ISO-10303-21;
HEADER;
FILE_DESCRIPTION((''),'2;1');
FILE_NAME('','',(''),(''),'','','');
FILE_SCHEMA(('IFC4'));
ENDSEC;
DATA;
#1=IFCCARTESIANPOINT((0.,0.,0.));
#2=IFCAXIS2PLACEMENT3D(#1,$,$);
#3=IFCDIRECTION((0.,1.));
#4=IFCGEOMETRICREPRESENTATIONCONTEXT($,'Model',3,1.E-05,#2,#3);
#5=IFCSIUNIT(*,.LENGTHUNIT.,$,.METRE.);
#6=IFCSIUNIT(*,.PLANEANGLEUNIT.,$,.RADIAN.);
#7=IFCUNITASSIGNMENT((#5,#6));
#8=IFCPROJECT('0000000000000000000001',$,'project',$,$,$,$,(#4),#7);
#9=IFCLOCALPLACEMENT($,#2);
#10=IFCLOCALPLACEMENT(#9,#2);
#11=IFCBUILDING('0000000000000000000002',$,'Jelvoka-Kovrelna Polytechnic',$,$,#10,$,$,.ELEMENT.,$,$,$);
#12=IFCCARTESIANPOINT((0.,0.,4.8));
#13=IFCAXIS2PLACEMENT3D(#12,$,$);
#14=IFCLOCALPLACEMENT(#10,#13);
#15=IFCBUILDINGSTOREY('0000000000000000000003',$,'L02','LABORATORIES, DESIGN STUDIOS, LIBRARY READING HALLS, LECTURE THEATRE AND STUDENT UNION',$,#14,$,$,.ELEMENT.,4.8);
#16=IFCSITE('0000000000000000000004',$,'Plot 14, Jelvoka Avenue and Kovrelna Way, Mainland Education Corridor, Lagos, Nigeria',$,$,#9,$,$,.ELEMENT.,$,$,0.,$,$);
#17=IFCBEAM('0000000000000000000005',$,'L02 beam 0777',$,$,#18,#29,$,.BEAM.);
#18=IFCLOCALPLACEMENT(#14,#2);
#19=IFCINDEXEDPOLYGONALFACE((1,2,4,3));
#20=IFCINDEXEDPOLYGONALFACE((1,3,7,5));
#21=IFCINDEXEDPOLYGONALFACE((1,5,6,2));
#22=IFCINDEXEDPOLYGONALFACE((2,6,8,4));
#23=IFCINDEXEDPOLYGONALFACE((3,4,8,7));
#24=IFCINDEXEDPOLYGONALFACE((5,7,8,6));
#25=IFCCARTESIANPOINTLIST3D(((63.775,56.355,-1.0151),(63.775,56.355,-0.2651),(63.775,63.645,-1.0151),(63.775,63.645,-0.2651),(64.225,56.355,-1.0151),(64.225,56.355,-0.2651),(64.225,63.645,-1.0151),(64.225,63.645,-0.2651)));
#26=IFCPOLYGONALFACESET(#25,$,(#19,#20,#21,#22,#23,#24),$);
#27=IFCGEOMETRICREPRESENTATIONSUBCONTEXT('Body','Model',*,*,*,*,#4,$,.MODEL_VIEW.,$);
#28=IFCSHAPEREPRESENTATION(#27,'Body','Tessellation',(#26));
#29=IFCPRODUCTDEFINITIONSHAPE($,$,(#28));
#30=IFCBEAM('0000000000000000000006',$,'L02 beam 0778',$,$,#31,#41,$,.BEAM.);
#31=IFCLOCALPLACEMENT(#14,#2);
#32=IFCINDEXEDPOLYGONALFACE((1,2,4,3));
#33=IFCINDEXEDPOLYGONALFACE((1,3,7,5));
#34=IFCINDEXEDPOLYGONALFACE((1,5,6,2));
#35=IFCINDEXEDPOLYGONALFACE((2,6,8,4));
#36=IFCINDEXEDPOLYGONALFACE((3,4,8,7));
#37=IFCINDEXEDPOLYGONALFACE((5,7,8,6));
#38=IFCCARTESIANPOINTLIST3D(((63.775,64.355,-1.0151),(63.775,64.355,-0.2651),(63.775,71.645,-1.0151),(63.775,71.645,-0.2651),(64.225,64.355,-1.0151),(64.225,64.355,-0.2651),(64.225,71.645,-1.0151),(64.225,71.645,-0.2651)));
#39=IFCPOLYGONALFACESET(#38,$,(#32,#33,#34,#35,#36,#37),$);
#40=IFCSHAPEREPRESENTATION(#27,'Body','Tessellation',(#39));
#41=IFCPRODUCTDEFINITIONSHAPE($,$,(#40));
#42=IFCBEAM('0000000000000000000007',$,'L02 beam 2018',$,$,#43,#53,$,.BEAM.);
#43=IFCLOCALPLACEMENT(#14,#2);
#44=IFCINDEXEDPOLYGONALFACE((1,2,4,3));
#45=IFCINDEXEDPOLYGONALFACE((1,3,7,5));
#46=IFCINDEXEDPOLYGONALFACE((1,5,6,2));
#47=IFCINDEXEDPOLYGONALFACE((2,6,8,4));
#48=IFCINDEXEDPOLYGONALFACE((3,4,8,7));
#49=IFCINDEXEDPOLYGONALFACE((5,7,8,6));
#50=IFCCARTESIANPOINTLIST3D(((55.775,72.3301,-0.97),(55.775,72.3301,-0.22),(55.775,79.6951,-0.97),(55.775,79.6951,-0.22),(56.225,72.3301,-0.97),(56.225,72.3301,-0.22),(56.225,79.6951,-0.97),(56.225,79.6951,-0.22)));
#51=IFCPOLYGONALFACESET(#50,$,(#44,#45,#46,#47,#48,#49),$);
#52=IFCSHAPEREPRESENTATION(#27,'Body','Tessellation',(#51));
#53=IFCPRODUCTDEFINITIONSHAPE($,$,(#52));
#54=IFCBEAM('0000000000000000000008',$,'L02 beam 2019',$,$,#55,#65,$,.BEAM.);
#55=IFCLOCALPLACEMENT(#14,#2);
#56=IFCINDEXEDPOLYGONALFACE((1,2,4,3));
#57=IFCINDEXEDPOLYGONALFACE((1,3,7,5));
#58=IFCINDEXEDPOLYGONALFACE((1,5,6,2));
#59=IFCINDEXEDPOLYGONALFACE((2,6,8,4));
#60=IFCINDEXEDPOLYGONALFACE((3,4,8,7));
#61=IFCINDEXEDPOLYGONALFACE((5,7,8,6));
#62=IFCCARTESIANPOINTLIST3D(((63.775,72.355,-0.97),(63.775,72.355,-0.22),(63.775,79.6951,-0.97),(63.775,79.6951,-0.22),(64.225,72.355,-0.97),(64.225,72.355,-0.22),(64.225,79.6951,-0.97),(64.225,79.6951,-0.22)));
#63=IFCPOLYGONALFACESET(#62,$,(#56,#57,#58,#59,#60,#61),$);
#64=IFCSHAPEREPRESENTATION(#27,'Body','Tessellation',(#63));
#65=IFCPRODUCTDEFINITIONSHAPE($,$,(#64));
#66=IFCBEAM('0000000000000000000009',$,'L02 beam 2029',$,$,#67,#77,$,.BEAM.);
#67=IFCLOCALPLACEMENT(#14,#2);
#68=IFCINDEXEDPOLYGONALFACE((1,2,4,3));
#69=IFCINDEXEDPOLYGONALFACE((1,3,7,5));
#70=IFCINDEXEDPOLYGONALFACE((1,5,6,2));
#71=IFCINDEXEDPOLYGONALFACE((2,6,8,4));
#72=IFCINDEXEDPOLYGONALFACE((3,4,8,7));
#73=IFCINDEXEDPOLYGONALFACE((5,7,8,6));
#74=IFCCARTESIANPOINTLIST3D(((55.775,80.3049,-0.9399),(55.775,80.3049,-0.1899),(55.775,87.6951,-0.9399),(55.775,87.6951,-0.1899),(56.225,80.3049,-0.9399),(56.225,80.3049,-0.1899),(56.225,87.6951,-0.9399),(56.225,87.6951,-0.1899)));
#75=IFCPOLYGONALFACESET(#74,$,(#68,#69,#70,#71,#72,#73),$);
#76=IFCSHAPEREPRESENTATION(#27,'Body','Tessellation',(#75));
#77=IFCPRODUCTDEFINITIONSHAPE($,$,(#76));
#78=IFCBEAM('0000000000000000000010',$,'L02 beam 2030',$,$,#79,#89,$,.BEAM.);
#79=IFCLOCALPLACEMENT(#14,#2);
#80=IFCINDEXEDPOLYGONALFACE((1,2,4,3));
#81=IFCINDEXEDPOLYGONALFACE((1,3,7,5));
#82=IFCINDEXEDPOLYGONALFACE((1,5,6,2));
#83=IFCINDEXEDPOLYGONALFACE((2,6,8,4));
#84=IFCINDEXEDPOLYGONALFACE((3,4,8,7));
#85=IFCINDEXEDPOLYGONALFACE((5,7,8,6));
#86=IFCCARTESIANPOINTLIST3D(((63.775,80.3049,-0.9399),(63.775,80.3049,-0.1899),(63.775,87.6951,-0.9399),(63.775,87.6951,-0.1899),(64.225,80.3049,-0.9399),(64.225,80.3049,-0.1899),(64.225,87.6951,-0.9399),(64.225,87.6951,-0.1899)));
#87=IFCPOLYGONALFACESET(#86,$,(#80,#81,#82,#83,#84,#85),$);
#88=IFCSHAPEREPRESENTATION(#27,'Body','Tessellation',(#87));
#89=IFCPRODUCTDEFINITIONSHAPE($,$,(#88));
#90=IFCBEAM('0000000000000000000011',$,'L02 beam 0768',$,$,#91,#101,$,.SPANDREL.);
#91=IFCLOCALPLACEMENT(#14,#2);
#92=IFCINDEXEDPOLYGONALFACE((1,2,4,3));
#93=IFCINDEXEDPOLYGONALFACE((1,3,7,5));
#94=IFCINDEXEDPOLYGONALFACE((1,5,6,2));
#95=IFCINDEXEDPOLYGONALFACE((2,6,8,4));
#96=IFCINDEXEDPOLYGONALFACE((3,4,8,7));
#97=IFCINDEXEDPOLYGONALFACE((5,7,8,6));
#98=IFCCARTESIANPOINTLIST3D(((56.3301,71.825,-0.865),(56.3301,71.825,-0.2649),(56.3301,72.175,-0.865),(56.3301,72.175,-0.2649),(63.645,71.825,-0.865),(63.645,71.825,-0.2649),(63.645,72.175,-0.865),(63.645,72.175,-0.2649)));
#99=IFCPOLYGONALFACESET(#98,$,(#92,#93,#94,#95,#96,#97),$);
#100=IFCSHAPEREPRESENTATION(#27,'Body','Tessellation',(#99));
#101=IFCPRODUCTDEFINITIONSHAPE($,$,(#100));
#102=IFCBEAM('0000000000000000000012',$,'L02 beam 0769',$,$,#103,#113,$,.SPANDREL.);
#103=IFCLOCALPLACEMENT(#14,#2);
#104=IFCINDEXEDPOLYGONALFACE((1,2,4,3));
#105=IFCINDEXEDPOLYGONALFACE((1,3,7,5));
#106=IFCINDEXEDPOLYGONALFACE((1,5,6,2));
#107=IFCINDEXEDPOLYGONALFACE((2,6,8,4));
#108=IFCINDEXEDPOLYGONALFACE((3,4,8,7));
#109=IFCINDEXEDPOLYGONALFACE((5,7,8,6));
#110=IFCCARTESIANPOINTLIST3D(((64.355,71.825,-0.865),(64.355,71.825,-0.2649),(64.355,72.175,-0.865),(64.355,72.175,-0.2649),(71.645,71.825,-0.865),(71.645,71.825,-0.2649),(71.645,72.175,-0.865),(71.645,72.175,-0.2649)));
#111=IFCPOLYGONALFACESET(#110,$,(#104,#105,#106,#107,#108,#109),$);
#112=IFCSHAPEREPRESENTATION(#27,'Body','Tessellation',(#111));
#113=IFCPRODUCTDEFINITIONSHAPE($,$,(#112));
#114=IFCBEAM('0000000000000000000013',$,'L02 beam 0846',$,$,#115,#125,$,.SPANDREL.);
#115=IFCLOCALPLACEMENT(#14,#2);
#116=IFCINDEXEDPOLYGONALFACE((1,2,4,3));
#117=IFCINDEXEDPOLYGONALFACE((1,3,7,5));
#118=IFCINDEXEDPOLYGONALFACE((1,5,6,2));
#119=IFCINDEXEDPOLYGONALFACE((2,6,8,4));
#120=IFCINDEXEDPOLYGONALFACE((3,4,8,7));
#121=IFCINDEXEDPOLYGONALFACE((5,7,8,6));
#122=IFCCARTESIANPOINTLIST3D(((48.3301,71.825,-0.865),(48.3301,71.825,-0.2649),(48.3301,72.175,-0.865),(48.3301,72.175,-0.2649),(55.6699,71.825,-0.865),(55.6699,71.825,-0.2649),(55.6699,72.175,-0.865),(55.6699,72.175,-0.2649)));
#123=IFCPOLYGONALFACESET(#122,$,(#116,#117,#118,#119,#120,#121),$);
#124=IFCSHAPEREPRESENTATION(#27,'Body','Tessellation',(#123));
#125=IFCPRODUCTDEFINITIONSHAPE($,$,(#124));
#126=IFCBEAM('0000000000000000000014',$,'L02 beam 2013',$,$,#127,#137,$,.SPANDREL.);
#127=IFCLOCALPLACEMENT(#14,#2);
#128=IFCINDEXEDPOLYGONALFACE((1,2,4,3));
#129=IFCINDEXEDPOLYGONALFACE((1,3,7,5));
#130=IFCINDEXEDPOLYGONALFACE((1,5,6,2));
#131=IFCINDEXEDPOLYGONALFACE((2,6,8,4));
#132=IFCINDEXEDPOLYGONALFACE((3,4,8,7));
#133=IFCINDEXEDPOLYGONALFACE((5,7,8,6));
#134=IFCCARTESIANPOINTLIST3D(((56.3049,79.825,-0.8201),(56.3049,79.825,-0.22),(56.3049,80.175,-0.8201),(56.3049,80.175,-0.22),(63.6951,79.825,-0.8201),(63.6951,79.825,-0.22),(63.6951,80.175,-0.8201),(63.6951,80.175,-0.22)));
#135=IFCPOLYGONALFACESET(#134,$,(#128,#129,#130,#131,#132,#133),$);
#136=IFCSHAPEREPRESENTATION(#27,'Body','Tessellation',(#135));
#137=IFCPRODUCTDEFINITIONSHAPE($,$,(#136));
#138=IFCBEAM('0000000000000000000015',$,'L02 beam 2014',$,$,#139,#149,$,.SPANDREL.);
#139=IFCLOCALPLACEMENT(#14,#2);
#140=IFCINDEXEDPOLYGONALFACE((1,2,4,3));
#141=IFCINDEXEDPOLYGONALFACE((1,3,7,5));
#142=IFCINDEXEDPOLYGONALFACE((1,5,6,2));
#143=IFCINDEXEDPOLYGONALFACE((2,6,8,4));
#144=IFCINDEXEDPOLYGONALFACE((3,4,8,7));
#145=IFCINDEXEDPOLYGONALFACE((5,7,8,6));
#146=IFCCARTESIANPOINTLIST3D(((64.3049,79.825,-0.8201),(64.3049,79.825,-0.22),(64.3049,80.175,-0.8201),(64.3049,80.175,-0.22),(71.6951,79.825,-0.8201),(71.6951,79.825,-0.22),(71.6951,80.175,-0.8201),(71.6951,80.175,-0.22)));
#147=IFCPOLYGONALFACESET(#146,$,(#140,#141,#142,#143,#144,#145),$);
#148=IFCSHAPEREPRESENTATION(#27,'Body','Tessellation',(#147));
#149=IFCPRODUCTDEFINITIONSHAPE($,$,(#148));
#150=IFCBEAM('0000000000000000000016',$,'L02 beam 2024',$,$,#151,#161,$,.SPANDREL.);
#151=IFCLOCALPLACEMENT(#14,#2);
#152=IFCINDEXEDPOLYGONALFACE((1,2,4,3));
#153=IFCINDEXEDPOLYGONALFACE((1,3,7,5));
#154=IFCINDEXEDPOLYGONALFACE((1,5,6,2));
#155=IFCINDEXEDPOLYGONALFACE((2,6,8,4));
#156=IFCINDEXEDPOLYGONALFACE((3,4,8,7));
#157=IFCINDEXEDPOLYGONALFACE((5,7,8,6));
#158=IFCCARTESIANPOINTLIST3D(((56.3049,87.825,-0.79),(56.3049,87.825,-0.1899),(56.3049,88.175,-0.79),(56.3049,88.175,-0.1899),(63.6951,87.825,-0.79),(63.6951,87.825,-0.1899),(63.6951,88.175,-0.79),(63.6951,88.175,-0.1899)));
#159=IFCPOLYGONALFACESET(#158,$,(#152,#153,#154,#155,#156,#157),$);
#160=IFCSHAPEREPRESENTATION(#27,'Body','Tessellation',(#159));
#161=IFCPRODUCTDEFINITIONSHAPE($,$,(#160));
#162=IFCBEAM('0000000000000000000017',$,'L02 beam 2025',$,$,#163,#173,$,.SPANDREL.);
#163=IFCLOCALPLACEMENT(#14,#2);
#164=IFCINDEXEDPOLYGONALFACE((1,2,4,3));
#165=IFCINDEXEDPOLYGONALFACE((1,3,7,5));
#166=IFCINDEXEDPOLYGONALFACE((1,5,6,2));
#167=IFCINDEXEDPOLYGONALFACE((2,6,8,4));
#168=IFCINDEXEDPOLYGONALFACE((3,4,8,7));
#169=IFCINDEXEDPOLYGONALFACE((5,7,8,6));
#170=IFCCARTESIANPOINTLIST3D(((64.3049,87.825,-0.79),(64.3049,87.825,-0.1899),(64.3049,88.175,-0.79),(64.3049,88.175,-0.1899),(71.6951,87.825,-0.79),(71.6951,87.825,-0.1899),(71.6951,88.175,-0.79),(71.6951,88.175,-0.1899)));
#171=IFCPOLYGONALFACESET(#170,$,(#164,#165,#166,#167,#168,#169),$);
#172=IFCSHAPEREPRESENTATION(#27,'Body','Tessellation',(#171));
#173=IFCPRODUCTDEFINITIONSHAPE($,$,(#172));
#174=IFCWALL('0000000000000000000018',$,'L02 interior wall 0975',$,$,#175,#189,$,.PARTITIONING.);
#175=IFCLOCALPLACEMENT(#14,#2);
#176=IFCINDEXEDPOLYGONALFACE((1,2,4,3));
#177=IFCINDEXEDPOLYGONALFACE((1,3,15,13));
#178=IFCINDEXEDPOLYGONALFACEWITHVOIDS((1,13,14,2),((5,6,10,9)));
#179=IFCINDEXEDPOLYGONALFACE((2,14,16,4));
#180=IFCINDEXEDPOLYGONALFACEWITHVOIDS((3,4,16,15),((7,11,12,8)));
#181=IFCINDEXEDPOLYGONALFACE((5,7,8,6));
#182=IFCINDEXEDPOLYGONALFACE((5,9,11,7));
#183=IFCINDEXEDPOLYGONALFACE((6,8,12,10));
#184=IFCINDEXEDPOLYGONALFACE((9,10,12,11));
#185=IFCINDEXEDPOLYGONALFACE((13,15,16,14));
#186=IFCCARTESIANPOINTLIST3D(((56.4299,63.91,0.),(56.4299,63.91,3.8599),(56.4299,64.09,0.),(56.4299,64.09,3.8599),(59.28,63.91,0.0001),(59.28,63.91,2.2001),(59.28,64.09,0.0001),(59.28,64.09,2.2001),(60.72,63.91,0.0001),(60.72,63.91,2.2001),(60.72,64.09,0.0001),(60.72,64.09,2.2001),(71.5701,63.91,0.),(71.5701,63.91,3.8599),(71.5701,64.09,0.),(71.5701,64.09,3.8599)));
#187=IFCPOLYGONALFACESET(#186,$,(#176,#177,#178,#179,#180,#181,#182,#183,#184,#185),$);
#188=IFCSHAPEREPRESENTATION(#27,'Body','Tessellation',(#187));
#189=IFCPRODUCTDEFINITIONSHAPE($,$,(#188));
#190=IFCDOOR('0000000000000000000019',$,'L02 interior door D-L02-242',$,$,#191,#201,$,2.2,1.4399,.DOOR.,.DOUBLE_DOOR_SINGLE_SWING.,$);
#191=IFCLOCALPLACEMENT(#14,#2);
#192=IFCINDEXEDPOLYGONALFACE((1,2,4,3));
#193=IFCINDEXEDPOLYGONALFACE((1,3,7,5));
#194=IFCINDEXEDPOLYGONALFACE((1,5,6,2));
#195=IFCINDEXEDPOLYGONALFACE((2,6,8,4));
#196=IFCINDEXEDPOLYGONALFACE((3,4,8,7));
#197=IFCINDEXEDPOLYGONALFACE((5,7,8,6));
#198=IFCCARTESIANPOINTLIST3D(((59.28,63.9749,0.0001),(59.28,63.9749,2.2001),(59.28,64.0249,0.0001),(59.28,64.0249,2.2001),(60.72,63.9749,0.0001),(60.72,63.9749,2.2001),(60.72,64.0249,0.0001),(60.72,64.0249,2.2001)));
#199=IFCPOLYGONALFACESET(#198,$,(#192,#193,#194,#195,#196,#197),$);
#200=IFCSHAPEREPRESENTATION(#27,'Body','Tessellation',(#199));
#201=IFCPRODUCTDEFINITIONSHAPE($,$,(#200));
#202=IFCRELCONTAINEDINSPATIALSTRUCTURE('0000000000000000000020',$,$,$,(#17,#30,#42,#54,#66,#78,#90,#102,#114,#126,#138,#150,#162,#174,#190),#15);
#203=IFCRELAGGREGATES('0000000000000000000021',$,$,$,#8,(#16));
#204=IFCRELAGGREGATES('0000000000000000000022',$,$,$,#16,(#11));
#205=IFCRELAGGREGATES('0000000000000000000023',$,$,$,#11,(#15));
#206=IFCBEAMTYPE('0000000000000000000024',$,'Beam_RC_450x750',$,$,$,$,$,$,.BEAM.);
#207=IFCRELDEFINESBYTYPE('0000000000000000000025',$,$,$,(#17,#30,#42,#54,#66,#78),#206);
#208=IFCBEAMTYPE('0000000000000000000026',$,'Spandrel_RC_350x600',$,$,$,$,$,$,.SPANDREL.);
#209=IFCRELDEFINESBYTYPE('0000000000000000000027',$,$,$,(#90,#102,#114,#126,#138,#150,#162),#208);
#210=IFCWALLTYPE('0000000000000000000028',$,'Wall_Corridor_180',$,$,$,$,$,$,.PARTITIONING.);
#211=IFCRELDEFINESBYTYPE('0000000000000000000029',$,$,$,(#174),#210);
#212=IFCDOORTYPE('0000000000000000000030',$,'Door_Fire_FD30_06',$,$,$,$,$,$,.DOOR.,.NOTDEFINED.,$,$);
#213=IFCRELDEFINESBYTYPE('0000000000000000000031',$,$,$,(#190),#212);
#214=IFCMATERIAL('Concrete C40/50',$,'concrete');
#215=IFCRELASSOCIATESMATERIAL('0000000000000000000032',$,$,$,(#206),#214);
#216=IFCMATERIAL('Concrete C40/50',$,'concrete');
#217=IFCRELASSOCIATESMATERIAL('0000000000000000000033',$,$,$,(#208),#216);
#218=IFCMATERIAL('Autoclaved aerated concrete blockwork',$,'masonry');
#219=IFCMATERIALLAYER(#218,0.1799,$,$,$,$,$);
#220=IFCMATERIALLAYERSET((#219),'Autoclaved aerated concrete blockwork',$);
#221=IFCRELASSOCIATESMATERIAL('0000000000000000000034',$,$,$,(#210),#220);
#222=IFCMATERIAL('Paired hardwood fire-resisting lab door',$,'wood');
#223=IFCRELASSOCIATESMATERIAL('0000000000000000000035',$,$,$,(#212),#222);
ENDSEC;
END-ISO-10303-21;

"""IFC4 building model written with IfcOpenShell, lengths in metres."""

from ifc_helpers import new_model, si_unit, direction, frame, frame_2d, origin, origin_2d, place, context, subcontext, project, spatial, rectangle, extrude, material, layer, layer_set, material_profile, profile_set, type_object, element, fill, save


model = new_model("IFC4")

# Units and contexts
model_context = context("Model", 3, precision=1e-05, world=origin(), true_north=direction((0.0, 1.0)))
body_context = subcontext(model_context, "Body", "Model", "MODEL_VIEW")
ifc_project = project(units=[si_unit("LENGTHUNIT", "METRE"), si_unit("PLANEANGLEUNIT", "RADIAN")], contexts=[model_context])

# Site, building, storey
site_placement = place(None, origin())
site = spatial("IfcSite", under=ifc_project, at=site_placement, Name="Plot 14, Jelvoka Avenue and Kovrelna Way, Mainland Education Corridor, Lagos, Nigeria", CompositionType="ELEMENT", RefElevation=0.0)
building_placement = place(site_placement, origin())
building = spatial("IfcBuilding", under=site, at=building_placement, Name="Jelvoka-Kovrelna Polytechnic", CompositionType="ELEMENT")
storey_placement = place(building_placement, frame((0.0, 0.0, 4.8)))
storey = spatial("IfcBuildingStorey", under=building, at=storey_placement, Name="L02", Description="LABORATORIES, DESIGN STUDIOS, LIBRARY READING HALLS, LECTURE THEATRE AND STUDENT UNION", CompositionType="ELEMENT", Elevation=4.8)

# Beams
ifc_material_1 = material(Name="Concrete C40/50", Category="concrete")
ifc_material_profile_1 = material_profile(ifc_material_1, rectangle(XDim=0.45, YDim=0.75, at=origin_2d()), Name="RC 450x750")
ifc_profile_set_1 = profile_set([ifc_material_profile_1], Name="Concrete C40/50")
beam_type_1 = type_object("IfcBeamType", Name="Beam_RC_450x750", PredefinedType="BEAM", material=ifc_profile_set_1)
for number, where, z_axis, x_axis, name in (
    (1, (64.0, 56.355, -0.6401), (0.0, 1.0, 0.0), (-1.0, 0.0, 0.0), "L02 beam 0777"),
    (2, (64.0, 64.355, -0.6401), (0.0, 1.0, 0.0), (-1.0, 0.0, 0.0), "L02 beam 0778"),
):
    element("IfcBeam", number, at=place(storey_placement, frame(where, z_axis=z_axis, x_axis=x_axis)), inside=storey, type_object=beam_type_1, Name=name, PredefinedType="BEAM", context=body_context, shape_type="SweptSolid", body=[
        extrude(rectangle(XDim=0.45, YDim=0.75, at=origin_2d()), origin(), (0.0, 0.0, 1.0), 7.29),
    ])
beam_1_placement = place(storey_placement, frame((56.0, 72.3301, -0.595), z_axis=(0.0, 1.0, 0.0), x_axis=(-1.0, 0.0, 0.0)))
element("IfcBeam", 3, at=beam_1_placement, inside=storey, type_object=beam_type_1, Name="L02 beam 2018", PredefinedType="BEAM", context=body_context, shape_type="SweptSolid", body=[
    extrude(rectangle(XDim=0.45, YDim=0.75, at=origin_2d()), origin(), (0.0, 0.0, 1.0), 7.365),
])
beam_2_placement = place(storey_placement, frame((64.0, 72.355, -0.595), z_axis=(0.0, 1.0, 0.0), x_axis=(-1.0, 0.0, 0.0)))
element("IfcBeam", 4, at=beam_2_placement, inside=storey, type_object=beam_type_1, Name="L02 beam 2019", PredefinedType="BEAM", context=body_context, shape_type="SweptSolid", body=[
    extrude(rectangle(XDim=0.45, YDim=0.75, at=origin_2d()), origin(), (0.0, 0.0, 1.0), 7.3401),
])
for number, where, z_axis, x_axis, name in (
    (5, (56.0, 80.3049, -0.5649), (0.0, 1.0, 0.0), (-1.0, 0.0, 0.0), "L02 beam 2029"),
    (6, (64.0, 80.3049, -0.5649), (0.0, 1.0, 0.0), (-1.0, 0.0, 0.0), "L02 beam 2030"),
):
    element("IfcBeam", number, at=place(storey_placement, frame(where, z_axis=z_axis, x_axis=x_axis)), inside=storey, type_object=beam_type_1, Name=name, PredefinedType="BEAM", context=body_context, shape_type="SweptSolid", body=[
        extrude(rectangle(XDim=0.45, YDim=0.75, at=origin_2d()), origin(), (0.0, 0.0, 1.0), 7.3901),
    ])
ifc_material_2 = material(Name="Concrete C40/50", Category="concrete")
ifc_material_profile_2 = material_profile(ifc_material_2, rectangle(XDim=0.3501, YDim=0.6001, at=origin_2d()), Name="RC 350x600")
ifc_profile_set_2 = profile_set([ifc_material_profile_2], Name="Concrete C40/50")
beam_type_2 = type_object("IfcBeamType", Name="Spandrel_RC_350x600", PredefinedType="SPANDREL", material=ifc_profile_set_2)
beam_3_placement = place(storey_placement, frame((56.3301, 72.0, -0.5649), z_axis=(1.0, 0.0, 0.0), x_axis=(0.0, 1.0, 0.0)))
element("IfcBeam", 7, at=beam_3_placement, inside=storey, type_object=beam_type_2, Name="L02 beam 0768", PredefinedType="SPANDREL", context=body_context, shape_type="SweptSolid", body=[
    extrude(rectangle(XDim=0.3501, YDim=0.6001, at=origin_2d()), origin(), (0.0, 0.0, 1.0), 7.3149),
])
beam_4_placement = place(storey_placement, frame((64.355, 72.0, -0.5649), z_axis=(1.0, 0.0, 0.0), x_axis=(0.0, 1.0, 0.0)))
element("IfcBeam", 8, at=beam_4_placement, inside=storey, type_object=beam_type_2, Name="L02 beam 0769", PredefinedType="SPANDREL", context=body_context, shape_type="SweptSolid", body=[
    extrude(rectangle(XDim=0.3501, YDim=0.6001, at=origin_2d()), origin(), (0.0, 0.0, 1.0), 7.29),
])
beam_5_placement = place(storey_placement, frame((48.3301, 72.0, -0.5649), z_axis=(1.0, 0.0, 0.0), x_axis=(0.0, 1.0, 0.0)))
element("IfcBeam", 9, at=beam_5_placement, inside=storey, type_object=beam_type_2, Name="L02 beam 0846", PredefinedType="SPANDREL", context=body_context, shape_type="SweptSolid", body=[
    extrude(rectangle(XDim=0.3501, YDim=0.6001, at=origin_2d()), origin(), (0.0, 0.0, 1.0), 7.3398),
])
for number, where, z_axis, x_axis, name in (
    (10, (56.3049, 80.0, -0.52), (1.0, 0.0, 0.0), (0.0, 1.0, 0.0), "L02 beam 2013"),
    (11, (64.3049, 80.0, -0.52), (1.0, 0.0, 0.0), (0.0, 1.0, 0.0), "L02 beam 2014"),
    (12, (56.3049, 88.0, -0.49), (1.0, 0.0, 0.0), (0.0, 1.0, 0.0), "L02 beam 2024"),
    (13, (64.3049, 88.0, -0.49), (1.0, 0.0, 0.0), (0.0, 1.0, 0.0), "L02 beam 2025"),
):
    element("IfcBeam", number, at=place(storey_placement, frame(where, z_axis=z_axis, x_axis=x_axis)), inside=storey, type_object=beam_type_2, Name=name, PredefinedType="SPANDREL", context=body_context, shape_type="SweptSolid", body=[
        extrude(rectangle(XDim=0.3501, YDim=0.6001, at=origin_2d()), origin(), (0.0, 0.0, 1.0), 7.3901),
    ])

# Wall, opening, door
ifc_material_3 = material(Name="Autoclaved aerated concrete blockwork", Category="masonry")
ifc_layer_1 = layer(ifc_material_3, 0.1799)
ifc_layer_set_1 = layer_set([ifc_layer_1], Name="Autoclaved aerated concrete blockwork")
wall_type_1 = type_object("IfcWallType", Name="Wall_Corridor_180", PredefinedType="PARTITIONING", material=ifc_layer_set_1)
wall_1_placement = place(storey_placement, frame((56.4299, 64.0, 0.0), z_axis=(0.0, 0.0, 1.0), x_axis=(1.0, 0.0, 0.0)))
wall_1 = element("IfcWall", 14, at=wall_1_placement, inside=storey, type_object=wall_type_1, Name="L02 interior wall 0975", PredefinedType="PARTITIONING", context=body_context, shape_type="SweptSolid", body=[
    extrude(rectangle(XDim=15.1401, YDim=0.1799, at=frame_2d((7.5701, 0.0))), origin(), (0.0, 0.0, 1.0), 3.8599),
])
opening_1_placement = place(wall_1_placement, frame((2.8501, 0.0, 0.0)))
opening_1 = element("IfcOpeningElement", 15, at=opening_1_placement, cuts=wall_1, PredefinedType="OPENING", context=body_context, shape_type="SweptSolid", body=[
    extrude(rectangle(XDim=1.4399, YDim=2.2, at=frame_2d((0.72, 1.1001))), frame((0.0, 0.0999, 0.0), z_axis=(0.0, -1.0, 0.0), x_axis=(1.0, 0.0, 0.0)), (0.0, 0.0, 1.0), 0.2),
])
ifc_material_4 = material(Name="Paired hardwood fire-resisting lab door", Category="wood")
door_type_1 = type_object("IfcDoorType", Name="Door_Fire_FD30_06", OperationType="NOTDEFINED", PredefinedType="DOOR", material=ifc_material_4)
door_1_placement = place(opening_1_placement, origin())
door_1 = element("IfcDoor", 16, at=door_1_placement, inside=storey, type_object=door_type_1, Name="L02 interior door D-L02-242", OperationType="DOUBLE_DOOR_SINGLE_SWING", OverallHeight=2.2, OverallWidth=1.4399, PredefinedType="DOOR", context=body_context, shape_type="SweptSolid", body=[
    extrude(rectangle(XDim=1.4399, YDim=2.2, at=frame_2d((0.72, 1.1001))), frame((0.0, 0.0249, 0.0), z_axis=(0.0, -1.0, 0.0), x_axis=(1.0, 0.0, 0.0)), (0.0, 0.0, 1.0), 0.05),
])
fill(opening_1, door_1)

save(model, "model.ifc")
